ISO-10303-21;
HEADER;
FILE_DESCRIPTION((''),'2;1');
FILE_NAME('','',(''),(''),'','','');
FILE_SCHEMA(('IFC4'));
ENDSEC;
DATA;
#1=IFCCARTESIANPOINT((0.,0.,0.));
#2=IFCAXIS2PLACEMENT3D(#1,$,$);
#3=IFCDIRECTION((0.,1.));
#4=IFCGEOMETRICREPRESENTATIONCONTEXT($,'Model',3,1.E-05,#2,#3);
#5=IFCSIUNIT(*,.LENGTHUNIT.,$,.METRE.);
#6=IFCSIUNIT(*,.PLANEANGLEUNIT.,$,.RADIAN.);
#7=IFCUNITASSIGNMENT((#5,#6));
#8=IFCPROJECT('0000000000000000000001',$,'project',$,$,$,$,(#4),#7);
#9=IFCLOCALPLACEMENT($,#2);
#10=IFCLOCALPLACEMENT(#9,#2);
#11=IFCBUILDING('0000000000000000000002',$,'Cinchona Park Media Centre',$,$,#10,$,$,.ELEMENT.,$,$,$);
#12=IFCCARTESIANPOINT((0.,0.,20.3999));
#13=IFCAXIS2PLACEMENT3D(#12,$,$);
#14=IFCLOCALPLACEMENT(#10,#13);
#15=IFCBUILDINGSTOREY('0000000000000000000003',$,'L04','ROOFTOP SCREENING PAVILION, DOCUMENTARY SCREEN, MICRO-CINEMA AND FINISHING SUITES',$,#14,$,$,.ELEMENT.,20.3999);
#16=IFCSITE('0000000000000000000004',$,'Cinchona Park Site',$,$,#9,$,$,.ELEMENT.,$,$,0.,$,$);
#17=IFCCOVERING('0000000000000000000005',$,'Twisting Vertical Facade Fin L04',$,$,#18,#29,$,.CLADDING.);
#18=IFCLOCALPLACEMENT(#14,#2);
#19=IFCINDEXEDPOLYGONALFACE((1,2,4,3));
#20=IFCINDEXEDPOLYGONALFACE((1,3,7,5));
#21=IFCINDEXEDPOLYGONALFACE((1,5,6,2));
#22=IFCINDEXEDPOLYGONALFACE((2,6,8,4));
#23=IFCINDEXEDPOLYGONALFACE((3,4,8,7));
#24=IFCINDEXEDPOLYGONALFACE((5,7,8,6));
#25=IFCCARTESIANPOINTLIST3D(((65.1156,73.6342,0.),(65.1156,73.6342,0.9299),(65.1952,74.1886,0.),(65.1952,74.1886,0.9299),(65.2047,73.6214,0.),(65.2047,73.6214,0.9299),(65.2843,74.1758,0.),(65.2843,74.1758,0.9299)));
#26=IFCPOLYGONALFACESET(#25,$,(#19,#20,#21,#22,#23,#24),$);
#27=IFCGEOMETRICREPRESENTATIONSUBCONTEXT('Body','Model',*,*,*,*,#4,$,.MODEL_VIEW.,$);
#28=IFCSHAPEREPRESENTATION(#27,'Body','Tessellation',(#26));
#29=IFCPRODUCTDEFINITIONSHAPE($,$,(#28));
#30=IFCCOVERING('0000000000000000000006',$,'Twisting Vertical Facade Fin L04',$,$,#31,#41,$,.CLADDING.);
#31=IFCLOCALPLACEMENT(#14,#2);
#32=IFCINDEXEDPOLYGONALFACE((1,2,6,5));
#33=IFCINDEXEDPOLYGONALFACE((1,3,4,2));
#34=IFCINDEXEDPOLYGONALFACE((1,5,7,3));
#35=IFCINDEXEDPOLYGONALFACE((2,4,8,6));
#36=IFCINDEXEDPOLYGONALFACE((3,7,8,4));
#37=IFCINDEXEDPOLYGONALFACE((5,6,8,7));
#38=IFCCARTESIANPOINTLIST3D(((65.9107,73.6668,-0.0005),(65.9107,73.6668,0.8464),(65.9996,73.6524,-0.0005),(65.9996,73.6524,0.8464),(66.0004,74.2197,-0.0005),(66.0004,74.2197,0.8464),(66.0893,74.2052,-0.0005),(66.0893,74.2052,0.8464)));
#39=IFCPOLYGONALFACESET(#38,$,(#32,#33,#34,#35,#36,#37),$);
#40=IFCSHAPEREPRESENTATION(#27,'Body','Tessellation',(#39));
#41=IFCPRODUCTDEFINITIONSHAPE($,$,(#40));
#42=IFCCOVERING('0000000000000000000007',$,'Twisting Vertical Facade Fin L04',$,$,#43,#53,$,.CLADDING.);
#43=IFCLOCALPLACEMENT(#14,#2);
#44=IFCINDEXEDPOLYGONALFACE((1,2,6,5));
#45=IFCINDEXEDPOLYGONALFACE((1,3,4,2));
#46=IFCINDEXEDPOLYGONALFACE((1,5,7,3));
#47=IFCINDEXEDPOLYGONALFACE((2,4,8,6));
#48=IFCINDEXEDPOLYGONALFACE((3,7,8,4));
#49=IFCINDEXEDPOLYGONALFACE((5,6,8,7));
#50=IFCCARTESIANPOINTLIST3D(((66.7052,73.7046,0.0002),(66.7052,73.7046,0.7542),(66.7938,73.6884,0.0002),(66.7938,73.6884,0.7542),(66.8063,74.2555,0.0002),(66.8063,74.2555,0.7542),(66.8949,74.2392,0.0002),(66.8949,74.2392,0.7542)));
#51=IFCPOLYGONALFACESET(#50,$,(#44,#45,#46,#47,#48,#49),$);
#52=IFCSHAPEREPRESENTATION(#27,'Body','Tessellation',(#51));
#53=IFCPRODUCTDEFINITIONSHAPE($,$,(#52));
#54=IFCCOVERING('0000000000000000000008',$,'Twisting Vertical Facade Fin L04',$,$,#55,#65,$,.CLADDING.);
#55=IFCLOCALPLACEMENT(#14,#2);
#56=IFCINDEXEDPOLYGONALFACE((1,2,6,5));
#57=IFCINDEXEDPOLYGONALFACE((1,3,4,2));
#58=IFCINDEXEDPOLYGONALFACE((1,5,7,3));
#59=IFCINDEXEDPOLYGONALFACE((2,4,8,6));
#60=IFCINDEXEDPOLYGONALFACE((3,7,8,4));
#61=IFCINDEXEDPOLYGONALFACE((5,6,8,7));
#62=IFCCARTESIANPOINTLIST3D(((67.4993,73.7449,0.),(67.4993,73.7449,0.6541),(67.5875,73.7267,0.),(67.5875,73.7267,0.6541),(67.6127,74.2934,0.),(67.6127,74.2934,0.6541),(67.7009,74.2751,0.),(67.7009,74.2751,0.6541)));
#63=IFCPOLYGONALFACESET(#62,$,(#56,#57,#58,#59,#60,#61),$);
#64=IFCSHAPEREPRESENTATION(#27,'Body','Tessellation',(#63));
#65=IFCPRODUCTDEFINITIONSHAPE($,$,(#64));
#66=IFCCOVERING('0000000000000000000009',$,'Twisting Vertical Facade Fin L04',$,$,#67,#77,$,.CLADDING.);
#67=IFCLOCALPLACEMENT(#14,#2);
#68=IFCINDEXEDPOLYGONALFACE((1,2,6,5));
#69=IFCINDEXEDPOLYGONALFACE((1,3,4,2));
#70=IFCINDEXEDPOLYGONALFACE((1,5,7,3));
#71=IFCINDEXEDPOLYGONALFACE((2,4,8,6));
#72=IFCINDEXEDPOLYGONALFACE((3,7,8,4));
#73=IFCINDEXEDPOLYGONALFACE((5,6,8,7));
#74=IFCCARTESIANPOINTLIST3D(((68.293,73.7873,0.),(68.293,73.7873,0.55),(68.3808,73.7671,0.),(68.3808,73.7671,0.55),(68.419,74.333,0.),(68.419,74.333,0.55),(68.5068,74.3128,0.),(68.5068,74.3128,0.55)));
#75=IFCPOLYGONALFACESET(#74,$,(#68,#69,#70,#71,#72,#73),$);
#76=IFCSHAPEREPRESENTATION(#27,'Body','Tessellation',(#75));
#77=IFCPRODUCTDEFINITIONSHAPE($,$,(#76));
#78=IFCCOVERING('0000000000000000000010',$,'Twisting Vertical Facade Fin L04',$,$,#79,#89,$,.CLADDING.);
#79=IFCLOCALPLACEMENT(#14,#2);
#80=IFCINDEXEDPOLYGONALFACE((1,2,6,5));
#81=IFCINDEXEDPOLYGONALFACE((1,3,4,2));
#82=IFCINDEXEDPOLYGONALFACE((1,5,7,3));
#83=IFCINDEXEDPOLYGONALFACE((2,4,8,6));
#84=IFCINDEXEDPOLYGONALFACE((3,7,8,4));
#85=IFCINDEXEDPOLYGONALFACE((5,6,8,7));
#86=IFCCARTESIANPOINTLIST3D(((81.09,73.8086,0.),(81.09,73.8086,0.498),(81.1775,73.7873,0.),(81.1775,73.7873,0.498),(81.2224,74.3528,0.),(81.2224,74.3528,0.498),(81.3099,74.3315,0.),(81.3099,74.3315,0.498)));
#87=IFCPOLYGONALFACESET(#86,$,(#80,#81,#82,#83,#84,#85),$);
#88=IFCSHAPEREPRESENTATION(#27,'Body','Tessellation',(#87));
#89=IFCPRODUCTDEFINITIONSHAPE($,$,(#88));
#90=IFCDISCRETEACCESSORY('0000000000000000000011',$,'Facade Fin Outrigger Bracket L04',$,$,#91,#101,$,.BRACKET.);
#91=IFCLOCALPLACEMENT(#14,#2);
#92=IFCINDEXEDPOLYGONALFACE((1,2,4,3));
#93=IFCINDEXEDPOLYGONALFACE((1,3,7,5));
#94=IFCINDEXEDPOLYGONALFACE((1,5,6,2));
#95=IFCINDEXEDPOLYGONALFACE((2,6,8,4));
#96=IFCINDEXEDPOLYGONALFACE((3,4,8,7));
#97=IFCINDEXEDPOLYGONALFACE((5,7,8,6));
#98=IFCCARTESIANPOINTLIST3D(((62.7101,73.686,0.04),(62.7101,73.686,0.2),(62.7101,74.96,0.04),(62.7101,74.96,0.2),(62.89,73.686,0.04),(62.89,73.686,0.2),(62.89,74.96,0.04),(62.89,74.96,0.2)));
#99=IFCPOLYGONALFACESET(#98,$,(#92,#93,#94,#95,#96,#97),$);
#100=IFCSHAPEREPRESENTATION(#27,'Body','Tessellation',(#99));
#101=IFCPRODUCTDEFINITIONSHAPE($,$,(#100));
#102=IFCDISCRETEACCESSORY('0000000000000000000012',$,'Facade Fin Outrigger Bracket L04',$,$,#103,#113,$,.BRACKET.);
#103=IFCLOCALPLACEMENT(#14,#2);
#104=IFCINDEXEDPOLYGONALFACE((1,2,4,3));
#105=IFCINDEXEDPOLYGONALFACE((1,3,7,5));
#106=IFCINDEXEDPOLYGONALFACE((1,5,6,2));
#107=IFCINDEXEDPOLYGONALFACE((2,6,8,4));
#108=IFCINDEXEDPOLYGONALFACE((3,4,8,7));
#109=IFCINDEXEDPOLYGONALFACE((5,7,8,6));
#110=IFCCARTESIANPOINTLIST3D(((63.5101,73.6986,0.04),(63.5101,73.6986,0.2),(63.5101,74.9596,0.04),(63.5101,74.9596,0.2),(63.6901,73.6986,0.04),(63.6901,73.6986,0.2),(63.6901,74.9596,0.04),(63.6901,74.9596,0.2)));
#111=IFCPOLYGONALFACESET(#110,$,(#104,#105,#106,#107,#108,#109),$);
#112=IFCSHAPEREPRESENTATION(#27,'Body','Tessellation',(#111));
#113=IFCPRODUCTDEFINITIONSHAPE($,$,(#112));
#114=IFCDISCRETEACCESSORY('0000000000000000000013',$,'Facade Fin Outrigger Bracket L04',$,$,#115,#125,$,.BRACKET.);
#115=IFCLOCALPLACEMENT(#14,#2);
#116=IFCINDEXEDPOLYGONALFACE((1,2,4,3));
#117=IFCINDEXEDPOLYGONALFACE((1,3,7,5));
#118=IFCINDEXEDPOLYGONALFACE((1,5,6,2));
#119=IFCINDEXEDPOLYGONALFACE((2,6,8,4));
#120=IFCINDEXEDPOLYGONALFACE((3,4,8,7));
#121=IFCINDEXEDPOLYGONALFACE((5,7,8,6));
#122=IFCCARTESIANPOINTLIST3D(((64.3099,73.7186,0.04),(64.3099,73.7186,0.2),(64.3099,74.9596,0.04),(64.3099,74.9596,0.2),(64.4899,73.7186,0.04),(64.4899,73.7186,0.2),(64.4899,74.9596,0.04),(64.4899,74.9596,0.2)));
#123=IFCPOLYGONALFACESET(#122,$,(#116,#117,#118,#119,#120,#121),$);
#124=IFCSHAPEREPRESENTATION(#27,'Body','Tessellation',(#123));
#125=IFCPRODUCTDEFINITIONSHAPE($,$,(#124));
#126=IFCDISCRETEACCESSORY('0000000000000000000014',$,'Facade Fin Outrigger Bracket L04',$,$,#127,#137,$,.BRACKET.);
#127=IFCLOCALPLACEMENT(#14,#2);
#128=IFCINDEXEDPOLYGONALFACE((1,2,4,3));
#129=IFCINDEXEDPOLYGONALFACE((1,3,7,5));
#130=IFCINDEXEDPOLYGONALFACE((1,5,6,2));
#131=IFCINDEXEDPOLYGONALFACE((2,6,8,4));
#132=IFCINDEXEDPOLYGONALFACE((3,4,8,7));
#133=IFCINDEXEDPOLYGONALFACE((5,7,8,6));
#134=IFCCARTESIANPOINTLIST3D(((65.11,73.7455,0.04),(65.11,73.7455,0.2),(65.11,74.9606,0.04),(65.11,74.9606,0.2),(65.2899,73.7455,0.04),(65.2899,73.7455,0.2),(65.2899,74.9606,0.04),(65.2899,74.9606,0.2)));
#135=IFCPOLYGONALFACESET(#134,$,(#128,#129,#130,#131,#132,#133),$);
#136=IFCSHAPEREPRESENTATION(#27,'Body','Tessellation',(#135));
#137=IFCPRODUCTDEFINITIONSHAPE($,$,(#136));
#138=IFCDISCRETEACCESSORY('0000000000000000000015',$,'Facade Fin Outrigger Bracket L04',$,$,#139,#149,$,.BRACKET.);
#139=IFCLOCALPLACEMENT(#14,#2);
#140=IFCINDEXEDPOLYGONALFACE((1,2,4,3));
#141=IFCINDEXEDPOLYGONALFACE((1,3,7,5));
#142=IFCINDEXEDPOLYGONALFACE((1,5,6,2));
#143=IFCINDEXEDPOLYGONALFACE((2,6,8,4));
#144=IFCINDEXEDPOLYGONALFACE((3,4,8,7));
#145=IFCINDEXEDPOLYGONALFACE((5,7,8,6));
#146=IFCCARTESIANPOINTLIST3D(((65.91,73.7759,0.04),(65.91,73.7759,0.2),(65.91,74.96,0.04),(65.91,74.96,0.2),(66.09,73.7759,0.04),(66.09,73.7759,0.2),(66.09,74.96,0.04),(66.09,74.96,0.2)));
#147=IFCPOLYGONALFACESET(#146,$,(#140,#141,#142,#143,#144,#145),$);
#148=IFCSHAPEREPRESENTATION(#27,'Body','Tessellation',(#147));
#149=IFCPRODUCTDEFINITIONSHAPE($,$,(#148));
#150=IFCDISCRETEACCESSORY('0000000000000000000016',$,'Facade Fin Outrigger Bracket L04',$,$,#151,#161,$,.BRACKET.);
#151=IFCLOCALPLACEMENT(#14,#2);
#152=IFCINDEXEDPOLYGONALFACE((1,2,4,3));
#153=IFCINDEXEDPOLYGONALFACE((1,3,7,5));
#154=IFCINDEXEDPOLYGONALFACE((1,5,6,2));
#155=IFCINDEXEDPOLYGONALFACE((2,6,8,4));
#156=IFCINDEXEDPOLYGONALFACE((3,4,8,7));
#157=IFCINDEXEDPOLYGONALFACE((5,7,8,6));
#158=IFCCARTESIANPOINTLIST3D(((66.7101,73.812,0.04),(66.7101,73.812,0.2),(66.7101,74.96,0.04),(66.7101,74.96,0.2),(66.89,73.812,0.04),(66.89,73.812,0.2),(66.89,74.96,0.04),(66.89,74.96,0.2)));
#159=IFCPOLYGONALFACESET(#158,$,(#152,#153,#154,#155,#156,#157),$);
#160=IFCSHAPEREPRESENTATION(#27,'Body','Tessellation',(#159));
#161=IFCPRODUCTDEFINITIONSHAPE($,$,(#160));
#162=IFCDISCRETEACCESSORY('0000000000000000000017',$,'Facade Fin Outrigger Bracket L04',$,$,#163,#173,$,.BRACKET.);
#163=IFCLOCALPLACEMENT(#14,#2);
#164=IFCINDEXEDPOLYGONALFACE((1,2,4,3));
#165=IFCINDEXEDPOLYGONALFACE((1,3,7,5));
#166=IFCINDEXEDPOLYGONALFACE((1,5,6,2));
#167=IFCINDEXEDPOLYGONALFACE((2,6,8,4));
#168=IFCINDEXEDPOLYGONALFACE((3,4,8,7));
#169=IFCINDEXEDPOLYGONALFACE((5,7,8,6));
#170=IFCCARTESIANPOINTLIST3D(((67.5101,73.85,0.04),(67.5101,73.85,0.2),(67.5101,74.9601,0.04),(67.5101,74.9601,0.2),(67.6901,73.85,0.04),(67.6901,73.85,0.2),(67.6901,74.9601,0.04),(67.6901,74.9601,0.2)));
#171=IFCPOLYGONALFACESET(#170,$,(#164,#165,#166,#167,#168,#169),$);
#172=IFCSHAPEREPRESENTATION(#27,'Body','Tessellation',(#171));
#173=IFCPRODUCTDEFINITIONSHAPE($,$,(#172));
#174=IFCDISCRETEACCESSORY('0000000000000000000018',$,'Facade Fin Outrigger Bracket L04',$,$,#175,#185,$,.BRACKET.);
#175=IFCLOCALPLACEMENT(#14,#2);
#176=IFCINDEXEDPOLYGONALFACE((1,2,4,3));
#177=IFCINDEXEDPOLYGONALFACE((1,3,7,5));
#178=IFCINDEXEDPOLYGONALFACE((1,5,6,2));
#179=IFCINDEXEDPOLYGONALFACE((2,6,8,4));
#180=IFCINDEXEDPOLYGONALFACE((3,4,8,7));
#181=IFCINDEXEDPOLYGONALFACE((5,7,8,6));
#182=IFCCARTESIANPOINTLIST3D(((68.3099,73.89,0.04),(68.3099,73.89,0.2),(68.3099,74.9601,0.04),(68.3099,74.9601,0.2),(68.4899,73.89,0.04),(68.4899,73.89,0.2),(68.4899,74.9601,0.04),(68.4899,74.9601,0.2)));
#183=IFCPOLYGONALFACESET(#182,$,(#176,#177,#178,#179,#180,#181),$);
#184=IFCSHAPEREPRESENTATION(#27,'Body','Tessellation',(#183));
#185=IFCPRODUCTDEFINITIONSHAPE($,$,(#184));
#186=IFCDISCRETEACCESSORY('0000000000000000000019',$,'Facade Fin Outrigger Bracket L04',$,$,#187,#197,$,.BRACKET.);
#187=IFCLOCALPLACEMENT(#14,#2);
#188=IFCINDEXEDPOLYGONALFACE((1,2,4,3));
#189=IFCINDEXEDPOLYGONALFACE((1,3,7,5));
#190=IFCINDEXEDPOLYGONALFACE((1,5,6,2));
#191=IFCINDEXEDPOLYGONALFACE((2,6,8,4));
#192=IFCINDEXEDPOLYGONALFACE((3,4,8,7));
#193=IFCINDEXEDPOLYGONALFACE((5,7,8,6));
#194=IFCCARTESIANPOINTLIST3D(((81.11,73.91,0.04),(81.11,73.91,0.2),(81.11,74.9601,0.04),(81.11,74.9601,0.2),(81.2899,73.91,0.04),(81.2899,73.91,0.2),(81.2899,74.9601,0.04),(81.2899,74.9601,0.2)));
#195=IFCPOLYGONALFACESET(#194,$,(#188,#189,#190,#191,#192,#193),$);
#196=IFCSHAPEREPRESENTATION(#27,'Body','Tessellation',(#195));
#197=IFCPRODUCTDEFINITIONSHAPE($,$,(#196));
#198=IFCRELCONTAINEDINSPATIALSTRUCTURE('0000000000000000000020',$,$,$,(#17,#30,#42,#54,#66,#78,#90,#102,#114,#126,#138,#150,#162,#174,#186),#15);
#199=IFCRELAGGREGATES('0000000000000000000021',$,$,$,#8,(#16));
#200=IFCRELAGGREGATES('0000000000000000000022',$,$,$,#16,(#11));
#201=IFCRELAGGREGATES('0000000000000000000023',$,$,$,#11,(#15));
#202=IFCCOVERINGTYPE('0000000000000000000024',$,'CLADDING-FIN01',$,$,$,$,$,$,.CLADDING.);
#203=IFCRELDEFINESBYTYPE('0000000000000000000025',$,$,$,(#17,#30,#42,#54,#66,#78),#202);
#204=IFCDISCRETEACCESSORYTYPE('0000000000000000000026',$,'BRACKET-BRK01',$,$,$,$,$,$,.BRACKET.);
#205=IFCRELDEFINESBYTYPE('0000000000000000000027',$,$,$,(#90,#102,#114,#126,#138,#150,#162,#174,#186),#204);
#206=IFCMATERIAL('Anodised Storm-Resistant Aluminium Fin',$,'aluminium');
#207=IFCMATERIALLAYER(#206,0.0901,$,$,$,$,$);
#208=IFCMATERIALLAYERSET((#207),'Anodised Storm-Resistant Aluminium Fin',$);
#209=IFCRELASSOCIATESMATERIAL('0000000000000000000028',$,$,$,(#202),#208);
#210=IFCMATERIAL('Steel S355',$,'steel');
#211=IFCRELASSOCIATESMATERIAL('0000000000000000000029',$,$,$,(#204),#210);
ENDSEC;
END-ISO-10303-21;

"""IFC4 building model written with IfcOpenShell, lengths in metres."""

from ifc_helpers import new_model, si_unit, direction, frame, origin, origin_2d, place, context, subcontext, project, spatial, rectangle, extrude, material, layer, layer_set, type_object, element, save


model = new_model("IFC4")

# Units and contexts
model_context = context("Model", 3, precision=1e-05, world=origin(), true_north=direction((0.0, 1.0)))
body_context = subcontext(model_context, "Body", "Model", "MODEL_VIEW")
ifc_project = project(units=[si_unit("LENGTHUNIT", "METRE"), si_unit("PLANEANGLEUNIT", "RADIAN")], contexts=[model_context])

# Site, building, storey
site_placement = place(None, origin())
site = spatial("IfcSite", under=ifc_project, at=site_placement, Name="Cinchona Park Site", CompositionType="ELEMENT", RefElevation=0.0)
building_placement = place(site_placement, origin())
building = spatial("IfcBuilding", under=site, at=building_placement, Name="Cinchona Park Media Centre", CompositionType="ELEMENT")
storey_placement = place(building_placement, frame((0.0, 0.0, 20.3999)))
storey = spatial("IfcBuildingStorey", under=building, at=storey_placement, Name="L04", Description="ROOFTOP SCREENING PAVILION, DOCUMENTARY SCREEN, MICRO-CINEMA AND FINISHING SUITES", CompositionType="ELEMENT", Elevation=20.3999)

# Coverings
ifc_material_1 = material(Name="Anodised Storm-Resistant Aluminium Fin", Category="aluminium")
ifc_layer_1 = layer(ifc_material_1, 0.0901)
ifc_layer_set_1 = layer_set([ifc_layer_1], Name="Anodised Storm-Resistant Aluminium Fin")
covering_type = type_object("IfcCoveringType", Name="CLADDING-FIN01", PredefinedType="CLADDING", material=ifc_layer_set_1)
covering_1_placement = place(storey_placement, frame((65.2, 73.905, 0.0), z_axis=(0.0, 0.0, 1.0), x_axis=(0.142111, 0.989851, 0.0)))
element("IfcCovering", 1, at=covering_1_placement, inside=storey, type_object=covering_type, Name="Twisting Vertical Facade Fin L04", PredefinedType="CLADDING", context=body_context, shape_type="SweptSolid", body=[
    extrude(rectangle(XDim=0.5601, YDim=0.0901, at=origin_2d()), origin(), (0.0, 0.0, 1.0), 0.9299),
])
covering_2_placement = place(storey_placement, frame((66.0, 73.936, -0.0005), z_axis=(0.0, 0.0, 1.0), x_axis=(0.160226, 0.98708, 0.0)))
element("IfcCovering", 2, at=covering_2_placement, inside=storey, type_object=covering_type, Name="Twisting Vertical Facade Fin L04", PredefinedType="CLADDING", context=body_context, shape_type="SweptSolid", body=[
    extrude(rectangle(XDim=0.5601, YDim=0.0901, at=origin_2d()), origin(), (0.0, 0.0, 1.0), 0.8469),
])
covering_3_placement = place(storey_placement, frame((66.8, 73.9719, 0.0002), z_axis=(0.0, 0.0, 1.0), x_axis=(0.180519, 0.983571, 0.0)))
element("IfcCovering", 3, at=covering_3_placement, inside=storey, type_object=covering_type, Name="Twisting Vertical Facade Fin L04", PredefinedType="CLADDING", context=body_context, shape_type="SweptSolid", body=[
    extrude(rectangle(XDim=0.5601, YDim=0.0901, at=origin_2d()), origin(), (0.0, 0.0, 1.0), 0.7539),
])
covering_4_placement = place(storey_placement, frame((67.6001, 74.01, 0.0), z_axis=(0.0, 0.0, 1.0), x_axis=(0.202445, 0.979294, 0.0)))
element("IfcCovering", 4, at=covering_4_placement, inside=storey, type_object=covering_type, Name="Twisting Vertical Facade Fin L04", PredefinedType="CLADDING", context=body_context, shape_type="SweptSolid", body=[
    extrude(rectangle(XDim=0.5601, YDim=0.0901, at=origin_2d()), origin(), (0.0, 0.0, 1.0), 0.6541),
])
covering_5_placement = place(storey_placement, frame((68.3999, 74.05, 0.0), z_axis=(0.0, 0.0, 1.0), x_axis=(0.224951, 0.97437, 0.0)))
element("IfcCovering", 5, at=covering_5_placement, inside=storey, type_object=covering_type, Name="Twisting Vertical Facade Fin L04", PredefinedType="CLADDING", context=body_context, shape_type="SweptSolid", body=[
    extrude(rectangle(XDim=0.5601, YDim=0.0901, at=origin_2d()), origin(), (0.0, 0.0, 1.0), 0.55),
])
covering_6_placement = place(storey_placement, frame((81.2, 74.0701, 0.0), z_axis=(0.0, 0.0, 1.0), x_axis=(0.236329, 0.971673, 0.0)))
element("IfcCovering", 6, at=covering_6_placement, inside=storey, type_object=covering_type, Name="Twisting Vertical Facade Fin L04", PredefinedType="CLADDING", context=body_context, shape_type="SweptSolid", body=[
    extrude(rectangle(XDim=0.5601, YDim=0.0901, at=origin_2d()), origin(), (0.0, 0.0, 1.0), 0.498),
])

# Discrete accessories
ifc_material_2 = material(Name="Steel S355", Category="steel")
discrete_accessory_type = type_object("IfcDiscreteAccessoryType", Name="BRACKET-BRK01", PredefinedType="BRACKET", material=ifc_material_2)
discrete_accessory_1_placement = place(storey_placement, frame((62.8, 74.323, 0.04), z_axis=(0.0, 0.0, 1.0), x_axis=(1.0, 0.0, 0.0)))
element("IfcDiscreteAccessory", 7, at=discrete_accessory_1_placement, inside=storey, type_object=discrete_accessory_type, Name="Facade Fin Outrigger Bracket L04", PredefinedType="BRACKET", context=body_context, shape_type="SweptSolid", body=[
    extrude(rectangle(XDim=0.1799, YDim=1.2739, at=origin_2d()), origin(), (0.0, 0.0, 1.0), 0.1599),
])
discrete_accessory_2_placement = place(storey_placement, frame((63.6001, 74.3291, 0.04), z_axis=(0.0, 0.0, 1.0), x_axis=(1.0, 0.0, 0.0)))
element("IfcDiscreteAccessory", 8, at=discrete_accessory_2_placement, inside=storey, type_object=discrete_accessory_type, Name="Facade Fin Outrigger Bracket L04", PredefinedType="BRACKET", context=body_context, shape_type="SweptSolid", body=[
    extrude(rectangle(XDim=0.1799, YDim=1.261, at=origin_2d()), origin(), (0.0, 0.0, 1.0), 0.1599),
])
discrete_accessory_3_placement = place(storey_placement, frame((64.3999, 74.3391, 0.04), z_axis=(0.0, 0.0, 1.0), x_axis=(1.0, 0.0, 0.0)))
element("IfcDiscreteAccessory", 9, at=discrete_accessory_3_placement, inside=storey, type_object=discrete_accessory_type, Name="Facade Fin Outrigger Bracket L04", PredefinedType="BRACKET", context=body_context, shape_type="SweptSolid", body=[
    extrude(rectangle(XDim=0.1799, YDim=1.241, at=origin_2d()), origin(), (0.0, 0.0, 1.0), 0.1599),
])
discrete_accessory_4_placement = place(storey_placement, frame((65.2, 74.353, 0.04), z_axis=(0.0, 0.0, 1.0), x_axis=(1.0, 0.0, 0.0)))
element("IfcDiscreteAccessory", 10, at=discrete_accessory_4_placement, inside=storey, type_object=discrete_accessory_type, Name="Facade Fin Outrigger Bracket L04", PredefinedType="BRACKET", context=body_context, shape_type="SweptSolid", body=[
    extrude(rectangle(XDim=0.1799, YDim=1.2151, at=origin_2d()), origin(), (0.0, 0.0, 1.0), 0.1599),
])
discrete_accessory_5_placement = place(storey_placement, frame((66.0, 74.3679, 0.04), z_axis=(0.0, 0.0, 1.0), x_axis=(1.0, 0.0, 0.0)))
element("IfcDiscreteAccessory", 11, at=discrete_accessory_5_placement, inside=storey, type_object=discrete_accessory_type, Name="Facade Fin Outrigger Bracket L04", PredefinedType="BRACKET", context=body_context, shape_type="SweptSolid", body=[
    extrude(rectangle(XDim=0.1799, YDim=1.1841, at=origin_2d()), origin(), (0.0, 0.0, 1.0), 0.1599),
])
discrete_accessory_6_placement = place(storey_placement, frame((66.8, 74.386, 0.04), z_axis=(0.0, 0.0, 1.0), x_axis=(1.0, 0.0, 0.0)))
element("IfcDiscreteAccessory", 12, at=discrete_accessory_6_placement, inside=storey, type_object=discrete_accessory_type, Name="Facade Fin Outrigger Bracket L04", PredefinedType="BRACKET", context=body_context, shape_type="SweptSolid", body=[
    extrude(rectangle(XDim=0.1799, YDim=1.1479, at=origin_2d()), origin(), (0.0, 0.0, 1.0), 0.1599),
])
discrete_accessory_7_placement = place(storey_placement, frame((67.6001, 74.405, 0.04), z_axis=(0.0, 0.0, 1.0), x_axis=(1.0, 0.0, 0.0)))
element("IfcDiscreteAccessory", 13, at=discrete_accessory_7_placement, inside=storey, type_object=discrete_accessory_type, Name="Facade Fin Outrigger Bracket L04", PredefinedType="BRACKET", context=body_context, shape_type="SweptSolid", body=[
    extrude(rectangle(XDim=0.1799, YDim=1.1101, at=origin_2d()), origin(), (0.0, 0.0, 1.0), 0.1599),
])
discrete_accessory_8_placement = place(storey_placement, frame((68.3999, 74.425, 0.04), z_axis=(0.0, 0.0, 1.0), x_axis=(1.0, 0.0, 0.0)))
element("IfcDiscreteAccessory", 14, at=discrete_accessory_8_placement, inside=storey, type_object=discrete_accessory_type, Name="Facade Fin Outrigger Bracket L04", PredefinedType="BRACKET", context=body_context, shape_type="SweptSolid", body=[
    extrude(rectangle(XDim=0.1799, YDim=1.0701, at=origin_2d()), origin(), (0.0, 0.0, 1.0), 0.1599),
])
discrete_accessory_9_placement = place(storey_placement, frame((81.2, 74.4351, 0.04), z_axis=(0.0, 0.0, 1.0), x_axis=(1.0, 0.0, 0.0)))
element("IfcDiscreteAccessory", 15, at=discrete_accessory_9_placement, inside=storey, type_object=discrete_accessory_type, Name="Facade Fin Outrigger Bracket L04", PredefinedType="BRACKET", context=body_context, shape_type="SweptSolid", body=[
    extrude(rectangle(XDim=0.1799, YDim=1.05, at=origin_2d()), origin(), (0.0, 0.0, 1.0), 0.1599),
])

save(model, "model.ifc")
